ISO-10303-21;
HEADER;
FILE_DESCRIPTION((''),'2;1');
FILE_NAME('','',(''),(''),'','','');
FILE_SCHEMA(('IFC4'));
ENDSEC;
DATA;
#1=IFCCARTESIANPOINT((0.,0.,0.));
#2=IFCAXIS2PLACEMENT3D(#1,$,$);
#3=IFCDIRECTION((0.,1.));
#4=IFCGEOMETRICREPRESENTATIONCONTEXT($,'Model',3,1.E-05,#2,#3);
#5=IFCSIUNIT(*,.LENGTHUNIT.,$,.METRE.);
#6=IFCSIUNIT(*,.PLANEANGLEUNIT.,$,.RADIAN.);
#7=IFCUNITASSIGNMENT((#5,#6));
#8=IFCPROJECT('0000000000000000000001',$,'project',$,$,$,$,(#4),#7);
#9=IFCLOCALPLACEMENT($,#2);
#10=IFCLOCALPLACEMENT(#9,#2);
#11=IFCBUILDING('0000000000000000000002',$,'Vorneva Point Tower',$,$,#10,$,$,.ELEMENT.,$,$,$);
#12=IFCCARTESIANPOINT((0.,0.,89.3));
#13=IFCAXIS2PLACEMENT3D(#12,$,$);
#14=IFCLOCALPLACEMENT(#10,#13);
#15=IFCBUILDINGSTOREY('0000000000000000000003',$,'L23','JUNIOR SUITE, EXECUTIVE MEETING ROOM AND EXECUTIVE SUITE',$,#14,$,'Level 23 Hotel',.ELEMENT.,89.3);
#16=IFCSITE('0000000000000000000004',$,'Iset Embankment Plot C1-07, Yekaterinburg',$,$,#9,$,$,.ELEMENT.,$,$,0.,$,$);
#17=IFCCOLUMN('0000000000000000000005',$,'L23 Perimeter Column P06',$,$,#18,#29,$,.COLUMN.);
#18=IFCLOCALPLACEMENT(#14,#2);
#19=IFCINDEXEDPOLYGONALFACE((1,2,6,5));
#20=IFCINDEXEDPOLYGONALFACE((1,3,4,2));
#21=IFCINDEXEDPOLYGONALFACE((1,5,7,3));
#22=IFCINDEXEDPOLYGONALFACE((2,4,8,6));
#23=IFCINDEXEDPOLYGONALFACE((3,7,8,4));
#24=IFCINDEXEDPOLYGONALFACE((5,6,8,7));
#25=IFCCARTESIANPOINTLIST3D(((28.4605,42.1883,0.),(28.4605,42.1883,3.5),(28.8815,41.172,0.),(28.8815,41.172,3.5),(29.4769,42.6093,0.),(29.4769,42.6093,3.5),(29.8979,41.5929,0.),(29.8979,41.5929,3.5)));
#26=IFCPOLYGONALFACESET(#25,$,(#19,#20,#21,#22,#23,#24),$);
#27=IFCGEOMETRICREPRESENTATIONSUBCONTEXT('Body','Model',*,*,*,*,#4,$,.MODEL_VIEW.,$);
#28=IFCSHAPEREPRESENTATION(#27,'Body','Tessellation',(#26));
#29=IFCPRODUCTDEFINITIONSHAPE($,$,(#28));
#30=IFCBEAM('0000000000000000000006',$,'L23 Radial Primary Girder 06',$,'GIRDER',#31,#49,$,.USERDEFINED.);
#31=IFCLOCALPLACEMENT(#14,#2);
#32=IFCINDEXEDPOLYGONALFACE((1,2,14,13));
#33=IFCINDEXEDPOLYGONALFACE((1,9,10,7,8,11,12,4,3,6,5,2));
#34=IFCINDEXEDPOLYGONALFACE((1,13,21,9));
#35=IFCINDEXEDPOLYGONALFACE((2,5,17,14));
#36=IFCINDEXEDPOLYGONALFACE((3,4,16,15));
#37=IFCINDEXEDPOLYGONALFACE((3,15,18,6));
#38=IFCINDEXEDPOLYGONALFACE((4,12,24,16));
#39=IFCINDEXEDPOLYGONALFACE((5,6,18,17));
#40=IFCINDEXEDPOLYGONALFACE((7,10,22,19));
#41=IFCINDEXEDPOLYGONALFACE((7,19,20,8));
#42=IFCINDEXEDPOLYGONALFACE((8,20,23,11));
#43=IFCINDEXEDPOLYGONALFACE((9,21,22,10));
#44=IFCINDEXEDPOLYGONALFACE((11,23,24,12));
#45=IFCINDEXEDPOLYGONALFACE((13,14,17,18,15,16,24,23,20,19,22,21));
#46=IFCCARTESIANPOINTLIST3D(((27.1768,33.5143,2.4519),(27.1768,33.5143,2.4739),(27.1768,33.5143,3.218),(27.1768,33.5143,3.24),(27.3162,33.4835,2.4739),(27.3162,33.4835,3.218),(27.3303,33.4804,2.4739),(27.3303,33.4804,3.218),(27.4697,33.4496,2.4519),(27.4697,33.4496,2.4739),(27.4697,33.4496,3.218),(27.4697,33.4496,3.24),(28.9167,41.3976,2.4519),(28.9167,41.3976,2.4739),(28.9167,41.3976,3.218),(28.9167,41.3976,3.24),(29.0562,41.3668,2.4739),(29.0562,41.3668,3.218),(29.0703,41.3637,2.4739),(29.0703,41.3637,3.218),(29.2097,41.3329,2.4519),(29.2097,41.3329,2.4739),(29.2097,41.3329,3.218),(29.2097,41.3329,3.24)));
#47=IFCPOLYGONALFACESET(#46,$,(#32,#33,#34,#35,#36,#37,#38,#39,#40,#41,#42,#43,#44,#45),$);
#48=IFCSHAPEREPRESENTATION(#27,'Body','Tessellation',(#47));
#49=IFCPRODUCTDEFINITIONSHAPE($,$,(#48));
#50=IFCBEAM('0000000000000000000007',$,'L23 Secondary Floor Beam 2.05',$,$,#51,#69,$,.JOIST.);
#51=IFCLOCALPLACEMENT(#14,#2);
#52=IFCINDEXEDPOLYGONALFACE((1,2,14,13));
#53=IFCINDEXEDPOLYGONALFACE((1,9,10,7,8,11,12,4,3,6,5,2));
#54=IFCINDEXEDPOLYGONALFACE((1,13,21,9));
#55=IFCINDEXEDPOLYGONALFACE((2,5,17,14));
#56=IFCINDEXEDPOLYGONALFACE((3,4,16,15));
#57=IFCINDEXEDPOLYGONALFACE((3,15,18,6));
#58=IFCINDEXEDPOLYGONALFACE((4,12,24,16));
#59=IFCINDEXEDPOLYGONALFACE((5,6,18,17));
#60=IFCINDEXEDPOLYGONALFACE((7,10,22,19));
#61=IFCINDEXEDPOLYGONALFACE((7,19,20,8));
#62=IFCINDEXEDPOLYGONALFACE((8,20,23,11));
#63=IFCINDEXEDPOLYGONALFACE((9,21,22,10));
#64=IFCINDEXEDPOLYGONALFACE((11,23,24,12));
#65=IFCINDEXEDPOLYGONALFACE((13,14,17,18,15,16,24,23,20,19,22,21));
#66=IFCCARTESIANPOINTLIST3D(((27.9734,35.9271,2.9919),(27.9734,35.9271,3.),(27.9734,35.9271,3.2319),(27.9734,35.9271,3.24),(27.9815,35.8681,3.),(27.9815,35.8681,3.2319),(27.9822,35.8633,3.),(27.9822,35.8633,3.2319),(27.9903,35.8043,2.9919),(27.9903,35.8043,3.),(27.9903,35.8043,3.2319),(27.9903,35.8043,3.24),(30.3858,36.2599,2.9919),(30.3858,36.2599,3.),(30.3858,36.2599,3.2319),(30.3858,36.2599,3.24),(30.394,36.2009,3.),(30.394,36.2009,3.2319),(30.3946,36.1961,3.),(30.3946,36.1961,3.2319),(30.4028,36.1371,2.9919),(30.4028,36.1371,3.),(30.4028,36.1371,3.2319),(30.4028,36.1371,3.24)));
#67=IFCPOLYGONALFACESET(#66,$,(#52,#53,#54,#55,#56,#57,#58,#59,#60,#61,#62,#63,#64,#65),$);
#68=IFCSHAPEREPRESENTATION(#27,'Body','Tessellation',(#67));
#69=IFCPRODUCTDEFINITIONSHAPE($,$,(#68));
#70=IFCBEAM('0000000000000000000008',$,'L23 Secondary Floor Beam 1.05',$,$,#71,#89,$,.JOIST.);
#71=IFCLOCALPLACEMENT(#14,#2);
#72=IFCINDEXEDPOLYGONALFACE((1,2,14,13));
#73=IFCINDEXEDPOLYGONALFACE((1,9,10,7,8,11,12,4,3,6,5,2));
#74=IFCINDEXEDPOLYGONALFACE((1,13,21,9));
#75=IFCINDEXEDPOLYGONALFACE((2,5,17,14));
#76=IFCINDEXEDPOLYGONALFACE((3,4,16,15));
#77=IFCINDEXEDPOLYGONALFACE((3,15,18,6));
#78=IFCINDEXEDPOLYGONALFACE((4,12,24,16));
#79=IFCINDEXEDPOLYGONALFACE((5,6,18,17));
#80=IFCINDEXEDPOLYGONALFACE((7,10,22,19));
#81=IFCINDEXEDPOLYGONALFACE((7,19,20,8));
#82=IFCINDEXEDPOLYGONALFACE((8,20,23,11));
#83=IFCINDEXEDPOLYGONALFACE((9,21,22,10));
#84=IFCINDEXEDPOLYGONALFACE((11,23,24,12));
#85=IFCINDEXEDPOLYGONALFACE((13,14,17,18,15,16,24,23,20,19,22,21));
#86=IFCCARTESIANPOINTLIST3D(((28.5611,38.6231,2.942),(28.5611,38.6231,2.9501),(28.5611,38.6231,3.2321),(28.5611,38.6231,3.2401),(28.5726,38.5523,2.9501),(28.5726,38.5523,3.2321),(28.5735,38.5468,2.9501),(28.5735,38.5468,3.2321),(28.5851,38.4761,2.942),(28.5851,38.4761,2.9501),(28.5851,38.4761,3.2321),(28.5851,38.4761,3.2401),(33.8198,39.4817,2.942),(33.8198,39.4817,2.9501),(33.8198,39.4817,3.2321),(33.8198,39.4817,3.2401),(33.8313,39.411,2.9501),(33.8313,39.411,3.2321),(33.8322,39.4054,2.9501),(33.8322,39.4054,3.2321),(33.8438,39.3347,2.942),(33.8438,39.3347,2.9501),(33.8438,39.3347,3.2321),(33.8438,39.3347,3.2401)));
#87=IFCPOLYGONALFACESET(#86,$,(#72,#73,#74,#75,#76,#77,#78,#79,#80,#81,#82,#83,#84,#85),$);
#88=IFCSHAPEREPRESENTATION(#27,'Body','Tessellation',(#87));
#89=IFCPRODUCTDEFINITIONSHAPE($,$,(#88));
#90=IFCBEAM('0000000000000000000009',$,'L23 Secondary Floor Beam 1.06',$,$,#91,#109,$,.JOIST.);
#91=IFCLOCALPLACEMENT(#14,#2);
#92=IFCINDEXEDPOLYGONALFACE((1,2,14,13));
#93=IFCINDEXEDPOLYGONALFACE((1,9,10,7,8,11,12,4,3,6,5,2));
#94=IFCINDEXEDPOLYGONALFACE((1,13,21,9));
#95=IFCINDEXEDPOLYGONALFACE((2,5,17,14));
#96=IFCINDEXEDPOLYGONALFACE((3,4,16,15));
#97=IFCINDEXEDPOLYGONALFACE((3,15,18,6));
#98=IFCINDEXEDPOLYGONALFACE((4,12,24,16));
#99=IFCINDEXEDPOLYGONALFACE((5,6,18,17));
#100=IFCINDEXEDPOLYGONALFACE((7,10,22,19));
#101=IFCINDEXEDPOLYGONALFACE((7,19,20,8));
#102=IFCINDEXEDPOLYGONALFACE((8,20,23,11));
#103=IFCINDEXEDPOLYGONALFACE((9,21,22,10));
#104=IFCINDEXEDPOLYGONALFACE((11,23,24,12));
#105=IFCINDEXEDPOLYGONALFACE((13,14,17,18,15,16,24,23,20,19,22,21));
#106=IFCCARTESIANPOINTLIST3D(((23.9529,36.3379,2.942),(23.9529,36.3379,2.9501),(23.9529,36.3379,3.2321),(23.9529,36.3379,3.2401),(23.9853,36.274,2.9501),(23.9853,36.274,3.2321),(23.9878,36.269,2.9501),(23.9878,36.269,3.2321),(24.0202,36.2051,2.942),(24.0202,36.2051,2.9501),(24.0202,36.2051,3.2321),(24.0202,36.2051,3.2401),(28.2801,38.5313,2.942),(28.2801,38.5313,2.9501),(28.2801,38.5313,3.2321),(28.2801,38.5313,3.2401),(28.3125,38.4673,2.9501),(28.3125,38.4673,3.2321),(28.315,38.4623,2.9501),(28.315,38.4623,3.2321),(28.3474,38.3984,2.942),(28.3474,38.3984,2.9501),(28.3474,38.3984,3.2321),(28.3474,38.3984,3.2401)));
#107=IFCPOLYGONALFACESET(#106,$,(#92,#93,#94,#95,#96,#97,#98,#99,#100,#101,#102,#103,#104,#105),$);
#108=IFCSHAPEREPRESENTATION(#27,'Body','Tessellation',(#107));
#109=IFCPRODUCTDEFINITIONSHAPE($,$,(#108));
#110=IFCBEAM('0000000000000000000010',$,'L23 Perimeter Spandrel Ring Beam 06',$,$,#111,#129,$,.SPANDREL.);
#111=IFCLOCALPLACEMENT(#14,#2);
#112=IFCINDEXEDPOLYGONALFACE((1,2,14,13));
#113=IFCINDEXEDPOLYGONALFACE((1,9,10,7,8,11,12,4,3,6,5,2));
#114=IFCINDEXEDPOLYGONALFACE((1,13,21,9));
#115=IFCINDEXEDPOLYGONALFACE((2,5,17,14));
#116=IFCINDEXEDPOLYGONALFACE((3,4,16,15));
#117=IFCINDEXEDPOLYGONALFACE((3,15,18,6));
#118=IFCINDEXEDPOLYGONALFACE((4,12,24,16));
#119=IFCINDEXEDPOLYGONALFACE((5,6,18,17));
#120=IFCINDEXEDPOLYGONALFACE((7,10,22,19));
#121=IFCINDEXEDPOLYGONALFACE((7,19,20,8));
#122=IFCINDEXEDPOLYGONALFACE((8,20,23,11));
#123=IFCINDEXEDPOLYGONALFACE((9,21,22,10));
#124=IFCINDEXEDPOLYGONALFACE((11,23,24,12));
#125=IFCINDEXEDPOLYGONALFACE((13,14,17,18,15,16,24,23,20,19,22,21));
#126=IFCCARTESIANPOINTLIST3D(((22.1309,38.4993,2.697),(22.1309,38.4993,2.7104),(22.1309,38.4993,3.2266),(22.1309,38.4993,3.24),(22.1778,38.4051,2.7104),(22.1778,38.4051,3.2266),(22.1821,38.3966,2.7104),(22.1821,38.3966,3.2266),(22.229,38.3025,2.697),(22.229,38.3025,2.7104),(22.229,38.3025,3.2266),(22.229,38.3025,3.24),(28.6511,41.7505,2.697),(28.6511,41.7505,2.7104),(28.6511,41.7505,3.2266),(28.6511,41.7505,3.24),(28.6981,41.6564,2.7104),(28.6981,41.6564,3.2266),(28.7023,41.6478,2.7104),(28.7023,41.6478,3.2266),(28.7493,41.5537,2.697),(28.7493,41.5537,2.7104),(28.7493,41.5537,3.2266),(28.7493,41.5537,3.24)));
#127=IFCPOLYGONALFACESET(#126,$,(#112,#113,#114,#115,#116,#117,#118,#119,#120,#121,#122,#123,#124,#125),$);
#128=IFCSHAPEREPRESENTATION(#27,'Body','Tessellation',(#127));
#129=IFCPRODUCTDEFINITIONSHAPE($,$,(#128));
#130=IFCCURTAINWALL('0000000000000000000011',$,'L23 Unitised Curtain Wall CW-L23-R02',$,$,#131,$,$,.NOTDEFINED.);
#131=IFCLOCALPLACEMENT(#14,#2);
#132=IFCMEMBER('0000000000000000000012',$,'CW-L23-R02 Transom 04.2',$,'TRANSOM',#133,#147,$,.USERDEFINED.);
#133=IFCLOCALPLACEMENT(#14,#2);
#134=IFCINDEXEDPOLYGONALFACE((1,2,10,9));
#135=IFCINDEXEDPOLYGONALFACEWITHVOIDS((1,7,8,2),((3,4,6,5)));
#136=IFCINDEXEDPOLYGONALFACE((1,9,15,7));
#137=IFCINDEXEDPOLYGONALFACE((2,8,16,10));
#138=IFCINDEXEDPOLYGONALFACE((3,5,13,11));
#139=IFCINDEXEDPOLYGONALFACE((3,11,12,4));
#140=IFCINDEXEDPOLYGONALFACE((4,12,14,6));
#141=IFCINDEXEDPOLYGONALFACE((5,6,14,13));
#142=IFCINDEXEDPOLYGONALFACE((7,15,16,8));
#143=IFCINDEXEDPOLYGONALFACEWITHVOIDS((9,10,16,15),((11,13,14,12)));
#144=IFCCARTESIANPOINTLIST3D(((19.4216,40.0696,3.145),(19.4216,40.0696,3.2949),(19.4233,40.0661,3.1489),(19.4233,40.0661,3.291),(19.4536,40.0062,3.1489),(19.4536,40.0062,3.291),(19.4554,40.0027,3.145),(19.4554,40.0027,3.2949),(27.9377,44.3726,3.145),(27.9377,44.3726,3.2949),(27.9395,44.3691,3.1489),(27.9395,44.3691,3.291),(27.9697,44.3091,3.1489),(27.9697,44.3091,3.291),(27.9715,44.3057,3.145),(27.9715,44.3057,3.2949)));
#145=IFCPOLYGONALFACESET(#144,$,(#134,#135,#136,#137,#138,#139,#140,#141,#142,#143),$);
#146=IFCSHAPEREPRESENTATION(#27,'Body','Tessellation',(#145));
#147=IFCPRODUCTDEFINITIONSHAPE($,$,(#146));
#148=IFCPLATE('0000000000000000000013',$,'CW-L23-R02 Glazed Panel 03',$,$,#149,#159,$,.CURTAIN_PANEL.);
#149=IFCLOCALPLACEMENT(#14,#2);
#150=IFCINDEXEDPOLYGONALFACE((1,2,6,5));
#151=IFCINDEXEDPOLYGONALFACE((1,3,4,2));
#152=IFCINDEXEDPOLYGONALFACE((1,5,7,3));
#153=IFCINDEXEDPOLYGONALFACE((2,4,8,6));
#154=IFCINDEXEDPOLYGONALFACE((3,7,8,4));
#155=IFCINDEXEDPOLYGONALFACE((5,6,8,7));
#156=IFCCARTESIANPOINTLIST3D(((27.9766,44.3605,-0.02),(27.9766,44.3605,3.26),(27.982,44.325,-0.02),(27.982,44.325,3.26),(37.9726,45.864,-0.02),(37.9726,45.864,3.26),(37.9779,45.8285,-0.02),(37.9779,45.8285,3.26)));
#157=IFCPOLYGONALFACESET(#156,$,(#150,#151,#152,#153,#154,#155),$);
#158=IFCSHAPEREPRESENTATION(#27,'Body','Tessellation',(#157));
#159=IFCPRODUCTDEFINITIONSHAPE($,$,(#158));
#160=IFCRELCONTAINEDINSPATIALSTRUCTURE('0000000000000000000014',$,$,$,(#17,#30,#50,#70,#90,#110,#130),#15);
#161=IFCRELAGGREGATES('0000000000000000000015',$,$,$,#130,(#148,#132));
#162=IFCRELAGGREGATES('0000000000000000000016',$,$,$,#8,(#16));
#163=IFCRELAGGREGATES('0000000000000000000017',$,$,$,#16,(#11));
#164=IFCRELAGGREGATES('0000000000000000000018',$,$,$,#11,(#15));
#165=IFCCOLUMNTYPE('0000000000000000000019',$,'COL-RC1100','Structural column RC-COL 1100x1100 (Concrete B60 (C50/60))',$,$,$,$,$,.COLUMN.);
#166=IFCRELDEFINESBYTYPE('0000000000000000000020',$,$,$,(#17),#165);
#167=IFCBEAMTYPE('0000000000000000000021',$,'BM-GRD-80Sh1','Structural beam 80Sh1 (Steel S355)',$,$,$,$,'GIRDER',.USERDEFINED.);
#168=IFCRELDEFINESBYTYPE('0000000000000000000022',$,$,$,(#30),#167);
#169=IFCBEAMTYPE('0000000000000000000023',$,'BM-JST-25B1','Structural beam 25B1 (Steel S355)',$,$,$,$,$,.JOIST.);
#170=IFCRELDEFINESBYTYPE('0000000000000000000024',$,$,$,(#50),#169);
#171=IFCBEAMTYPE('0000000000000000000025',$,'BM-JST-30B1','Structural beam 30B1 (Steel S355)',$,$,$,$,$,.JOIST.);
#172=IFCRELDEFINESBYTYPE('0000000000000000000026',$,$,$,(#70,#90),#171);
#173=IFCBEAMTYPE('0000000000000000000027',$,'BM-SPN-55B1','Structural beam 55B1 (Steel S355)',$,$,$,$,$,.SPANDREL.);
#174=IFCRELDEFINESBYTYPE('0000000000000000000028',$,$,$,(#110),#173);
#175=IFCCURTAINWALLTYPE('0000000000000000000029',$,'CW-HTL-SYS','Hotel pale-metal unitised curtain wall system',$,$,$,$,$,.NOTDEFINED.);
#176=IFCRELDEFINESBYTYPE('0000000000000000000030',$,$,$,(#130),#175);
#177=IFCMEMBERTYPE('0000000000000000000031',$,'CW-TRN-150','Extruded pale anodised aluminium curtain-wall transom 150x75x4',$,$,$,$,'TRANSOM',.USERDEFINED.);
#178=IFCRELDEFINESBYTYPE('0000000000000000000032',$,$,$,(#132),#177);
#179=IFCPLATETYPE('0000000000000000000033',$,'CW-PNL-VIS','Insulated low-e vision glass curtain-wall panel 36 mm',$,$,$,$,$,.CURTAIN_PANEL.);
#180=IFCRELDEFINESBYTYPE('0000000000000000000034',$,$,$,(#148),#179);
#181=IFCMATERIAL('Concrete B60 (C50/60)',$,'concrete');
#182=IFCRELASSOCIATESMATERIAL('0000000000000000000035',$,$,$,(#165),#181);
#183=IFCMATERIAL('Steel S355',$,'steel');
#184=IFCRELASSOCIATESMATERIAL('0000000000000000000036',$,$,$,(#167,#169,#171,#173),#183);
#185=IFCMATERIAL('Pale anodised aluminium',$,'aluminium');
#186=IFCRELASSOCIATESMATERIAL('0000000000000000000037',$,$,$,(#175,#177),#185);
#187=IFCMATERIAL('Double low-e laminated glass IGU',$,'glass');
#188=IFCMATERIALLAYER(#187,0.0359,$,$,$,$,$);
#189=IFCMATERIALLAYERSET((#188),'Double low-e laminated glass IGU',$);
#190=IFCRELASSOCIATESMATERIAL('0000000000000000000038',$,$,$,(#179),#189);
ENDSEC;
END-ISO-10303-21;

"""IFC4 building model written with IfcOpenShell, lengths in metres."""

from ifc_helpers import new_model, si_unit, direction, frame, origin, origin_2d, place, context, subcontext, project, spatial, rectangle, hollow_rectangle, i_section, extrude, material, layer, layer_set, material_profile, profile_set, type_object, element, aggregate, save


model = new_model("IFC4")

# Units and contexts
model_context = context("Model", 3, precision=1e-05, world=origin(), true_north=direction((0.0, 1.0)))
body_context = subcontext(model_context, "Body", "Model", "MODEL_VIEW")
ifc_project = project(units=[si_unit("LENGTHUNIT", "METRE"), si_unit("PLANEANGLEUNIT", "RADIAN")], contexts=[model_context])

# Site, building, storey
site_placement = place(None, origin())
site = spatial("IfcSite", under=ifc_project, at=site_placement, Name="Iset Embankment Plot C1-07, Yekaterinburg", CompositionType="ELEMENT", RefElevation=0.0)
building_placement = place(site_placement, origin())
building = spatial("IfcBuilding", under=site, at=building_placement, Name="Vorneva Point Tower", CompositionType="ELEMENT")
storey_placement = place(building_placement, frame((0.0, 0.0, 89.3)))
storey = spatial("IfcBuildingStorey", under=building, at=storey_placement, Name="L23", Description="JUNIOR SUITE, EXECUTIVE MEETING ROOM AND EXECUTIVE SUITE", LongName="Level 23 Hotel", CompositionType="ELEMENT", Elevation=89.3)

# Column
ifc_material_1 = material(Name="Concrete B60 (C50/60)", Category="concrete")
ifc_material_profile_1 = material_profile(ifc_material_1, rectangle(XDim=1.1001, YDim=1.1001, at=origin_2d()), Name="RC-COL 1100x1100")
ifc_profile_set_1 = profile_set([ifc_material_profile_1], Name="Concrete B60 (C50/60)")
column_type = type_object("IfcColumnType", Name="COL-RC1100", Description="Structural column RC-COL 1100x1100 (Concrete B60 (C50/60))", PredefinedType="COLUMN", material=ifc_profile_set_1)
column_placement = place(storey_placement, frame((29.1792, 41.8906, 0.0), z_axis=(0.0, 0.0, 1.0), x_axis=(-0.382683, 0.92388, 0.0)))
element("IfcColumn", 1, at=column_placement, inside=storey, type_object=column_type, Name="L23 Perimeter Column P06", PredefinedType="COLUMN", context=body_context, shape_type="SweptSolid", body=[
    extrude(rectangle(XDim=1.1001, YDim=1.1001, at=origin_2d()), origin(), (0.0, 0.0, 1.0), 3.5),
])

# Beams
ifc_material_2 = material(Name="Steel S355", Category="steel")
ifc_material_profile_2 = material_profile(ifc_material_2, i_section(OverallWidth=0.3, OverallDepth=0.7881, WebThickness=0.0144, FlangeThickness=0.022, at=origin_2d()), Name="80Sh1")
ifc_profile_set_2 = profile_set([ifc_material_profile_2], Name="Steel S355")
beam_type_1 = type_object("IfcBeamType", Name="BM-GRD-80Sh1", Description="Structural beam 80Sh1 (Steel S355)", ElementType="GIRDER", PredefinedType="USERDEFINED", material=ifc_profile_set_2)
beam_1_placement = place(storey_placement, frame((29.0632, 41.3652, 2.8459), z_axis=(-0.215531, -0.976497, 0.0), x_axis=(0.976497, -0.215531, 0.0)))
element("IfcBeam", 2, at=beam_1_placement, inside=storey, type_object=beam_type_1, Name="L23 Radial Primary Girder 06", ObjectType="GIRDER", PredefinedType="USERDEFINED", context=body_context, shape_type="SweptSolid", body=[
    extrude(i_section(OverallWidth=0.3, OverallDepth=0.7881, WebThickness=0.0144, FlangeThickness=0.022, at=origin_2d()), origin(), (0.0, 0.0, 1.0), 8.073),
])
ifc_material_profile_3 = material_profile(ifc_material_2, i_section(OverallWidth=0.124, OverallDepth=0.248, WebThickness=0.0049, FlangeThickness=0.0081, at=origin_2d()), Name="25B1")
ifc_profile_set_3 = profile_set([ifc_material_profile_3], Name="Steel S355")
beam_type_2 = type_object("IfcBeamType", Name="BM-JST-25B1", Description="Structural beam 25B1 (Steel S355)", PredefinedType="JOIST", material=ifc_profile_set_3)
beam_2_placement = place(storey_placement, frame((30.3943, 36.1985, 3.116), z_axis=(-0.99062, -0.136648, 0.0), x_axis=(0.136648, -0.99062, 0.0)))
element("IfcBeam", 3, at=beam_2_placement, inside=storey, type_object=beam_type_2, Name="L23 Secondary Floor Beam 2.05", PredefinedType="JOIST", context=body_context, shape_type="SweptSolid", body=[
    extrude(i_section(OverallWidth=0.124, OverallDepth=0.248, WebThickness=0.0049, FlangeThickness=0.0081, at=origin_2d()), origin(), (0.0, 0.0, 1.0), 2.4353),
])
ifc_material_profile_4 = material_profile(ifc_material_2, i_section(OverallWidth=0.1489, OverallDepth=0.2981, WebThickness=0.0056, FlangeThickness=0.0081, at=origin_2d()), Name="30B1")
ifc_profile_set_4 = profile_set([ifc_material_profile_4], Name="Steel S355")
beam_type_3 = type_object("IfcBeamType", Name="BM-JST-30B1", Description="Structural beam 30B1 (Steel S355)", PredefinedType="JOIST", material=ifc_profile_set_4)
beam_3_placement = place(storey_placement, frame((33.8318, 39.4082, 3.0911), z_axis=(-0.986931, -0.161144, 0.0), x_axis=(0.161144, -0.986931, 0.0)))
element("IfcBeam", 4, at=beam_3_placement, inside=storey, type_object=beam_type_3, Name="L23 Secondary Floor Beam 1.05", PredefinedType="JOIST", context=body_context, shape_type="SweptSolid", body=[
    extrude(i_section(OverallWidth=0.1489, OverallDepth=0.2981, WebThickness=0.0056, FlangeThickness=0.0081, at=origin_2d()), origin(), (0.0, 0.0, 1.0), 5.3284),
])
beam_4_placement = place(storey_placement, frame((28.3137, 38.4648, 3.0911), z_axis=(-0.891958, -0.452119, 0.0), x_axis=(0.452119, -0.891958, 0.0)))
element("IfcBeam", 5, at=beam_4_placement, inside=storey, type_object=beam_type_3, Name="L23 Secondary Floor Beam 1.06", PredefinedType="JOIST", context=body_context, shape_type="SweptSolid", body=[
    extrude(i_section(OverallWidth=0.1489, OverallDepth=0.2981, WebThickness=0.0056, FlangeThickness=0.0081, at=origin_2d()), origin(), (0.0, 0.0, 1.0), 4.8513),
])
ifc_material_profile_5 = material_profile(ifc_material_2, i_section(OverallWidth=0.22, OverallDepth=0.543, WebThickness=0.0095, FlangeThickness=0.0134, at=origin_2d()), Name="55B1")
ifc_profile_set_5 = profile_set([ifc_material_profile_5], Name="Steel S355")
beam_type_4 = type_object("IfcBeamType", Name="BM-SPN-55B1", Description="Structural beam 55B1 (Steel S355)", PredefinedType="SPANDREL", material=ifc_profile_set_5)
beam_5_placement = place(storey_placement, frame((28.7002, 41.6521, 2.9685), z_axis=(-0.894916, -0.446235, 0.0), x_axis=(0.446235, -0.894916, 0.0)))
element("IfcBeam", 6, at=beam_5_placement, inside=storey, type_object=beam_type_4, Name="L23 Perimeter Spandrel Ring Beam 06", PredefinedType="SPANDREL", context=body_context, shape_type="SweptSolid", body=[
    extrude(i_section(OverallWidth=0.22, OverallDepth=0.543, WebThickness=0.0095, FlangeThickness=0.0134, at=origin_2d()), origin(), (0.0, 0.0, 1.0), 7.2859),
])

# Curtain wall, member, plate
ifc_material_3 = material(Name="Pale anodised aluminium", Category="aluminium")
curtain_wall_type = type_object("IfcCurtainWallType", Name="CW-HTL-SYS", Description="Hotel pale-metal unitised curtain wall system", PredefinedType="NOTDEFINED", material=ifc_material_3)
curtain_wall_placement = place(storey_placement, origin())
curtain_wall = element("IfcCurtainWall", 7, at=curtain_wall_placement, inside=storey, type_object=curtain_wall_type, Name="L23 Unitised Curtain Wall CW-L23-R02", PredefinedType="NOTDEFINED")
ifc_material_profile_6 = material_profile(ifc_material_3, hollow_rectangle(XDim=0.075, YDim=0.1499, WallThickness=0.0039, at=origin_2d()), Name="AL-TRN 150x75x4")
ifc_profile_set_6 = profile_set([ifc_material_profile_6], Name="Pale anodised aluminium")
member_type = type_object("IfcMemberType", Name="CW-TRN-150", Description="Extruded pale anodised aluminium curtain-wall transom 150x75x4", ElementType="TRANSOM", PredefinedType="USERDEFINED", material=ifc_profile_set_6)
member_placement = place(storey_placement, frame((27.9546, 44.3391, 3.22), z_axis=(-0.892536, -0.450976, 0.0), x_axis=(0.450976, -0.892536, 0.0)))
member = element("IfcMember", 8, at=member_placement, type_object=member_type, Name="CW-L23-R02 Transom 04.2", ObjectType="TRANSOM", PredefinedType="USERDEFINED", context=body_context, shape_type="SweptSolid", body=[
    extrude(hollow_rectangle(XDim=0.075, YDim=0.1499, WallThickness=0.0039, at=origin_2d()), origin(), (0.0, 0.0, 1.0), 9.5415),
])
ifc_material_4 = material(Name="Double low-e laminated glass IGU", Category="glass")
ifc_layer_1 = layer(ifc_material_4, 0.0359)
ifc_layer_set_1 = layer_set([ifc_layer_1], Name="Double low-e laminated glass IGU")
plate_type = type_object("IfcPlateType", Name="CW-PNL-VIS", Description="Insulated low-e vision glass curtain-wall panel 36 mm", PredefinedType="CURTAIN_PANEL", material=ifc_layer_set_1)
plate_placement = place(storey_placement, frame((32.9773, 45.0945, -0.02), z_axis=(0.0, 0.0, 1.0), x_axis=(-0.988876, -0.148741, 0.0)))
plate = element("IfcPlate", 9, at=plate_placement, type_object=plate_type, Name="CW-L23-R02 Glazed Panel 03", PredefinedType="CURTAIN_PANEL", context=body_context, shape_type="SweptSolid", body=[
    extrude(rectangle(XDim=10.1084, YDim=0.0359, at=origin_2d()), origin(), (0.0, 0.0, 1.0), 3.28),
])
aggregate(curtain_wall, [plate, member])

save(model, "model.ifc")
